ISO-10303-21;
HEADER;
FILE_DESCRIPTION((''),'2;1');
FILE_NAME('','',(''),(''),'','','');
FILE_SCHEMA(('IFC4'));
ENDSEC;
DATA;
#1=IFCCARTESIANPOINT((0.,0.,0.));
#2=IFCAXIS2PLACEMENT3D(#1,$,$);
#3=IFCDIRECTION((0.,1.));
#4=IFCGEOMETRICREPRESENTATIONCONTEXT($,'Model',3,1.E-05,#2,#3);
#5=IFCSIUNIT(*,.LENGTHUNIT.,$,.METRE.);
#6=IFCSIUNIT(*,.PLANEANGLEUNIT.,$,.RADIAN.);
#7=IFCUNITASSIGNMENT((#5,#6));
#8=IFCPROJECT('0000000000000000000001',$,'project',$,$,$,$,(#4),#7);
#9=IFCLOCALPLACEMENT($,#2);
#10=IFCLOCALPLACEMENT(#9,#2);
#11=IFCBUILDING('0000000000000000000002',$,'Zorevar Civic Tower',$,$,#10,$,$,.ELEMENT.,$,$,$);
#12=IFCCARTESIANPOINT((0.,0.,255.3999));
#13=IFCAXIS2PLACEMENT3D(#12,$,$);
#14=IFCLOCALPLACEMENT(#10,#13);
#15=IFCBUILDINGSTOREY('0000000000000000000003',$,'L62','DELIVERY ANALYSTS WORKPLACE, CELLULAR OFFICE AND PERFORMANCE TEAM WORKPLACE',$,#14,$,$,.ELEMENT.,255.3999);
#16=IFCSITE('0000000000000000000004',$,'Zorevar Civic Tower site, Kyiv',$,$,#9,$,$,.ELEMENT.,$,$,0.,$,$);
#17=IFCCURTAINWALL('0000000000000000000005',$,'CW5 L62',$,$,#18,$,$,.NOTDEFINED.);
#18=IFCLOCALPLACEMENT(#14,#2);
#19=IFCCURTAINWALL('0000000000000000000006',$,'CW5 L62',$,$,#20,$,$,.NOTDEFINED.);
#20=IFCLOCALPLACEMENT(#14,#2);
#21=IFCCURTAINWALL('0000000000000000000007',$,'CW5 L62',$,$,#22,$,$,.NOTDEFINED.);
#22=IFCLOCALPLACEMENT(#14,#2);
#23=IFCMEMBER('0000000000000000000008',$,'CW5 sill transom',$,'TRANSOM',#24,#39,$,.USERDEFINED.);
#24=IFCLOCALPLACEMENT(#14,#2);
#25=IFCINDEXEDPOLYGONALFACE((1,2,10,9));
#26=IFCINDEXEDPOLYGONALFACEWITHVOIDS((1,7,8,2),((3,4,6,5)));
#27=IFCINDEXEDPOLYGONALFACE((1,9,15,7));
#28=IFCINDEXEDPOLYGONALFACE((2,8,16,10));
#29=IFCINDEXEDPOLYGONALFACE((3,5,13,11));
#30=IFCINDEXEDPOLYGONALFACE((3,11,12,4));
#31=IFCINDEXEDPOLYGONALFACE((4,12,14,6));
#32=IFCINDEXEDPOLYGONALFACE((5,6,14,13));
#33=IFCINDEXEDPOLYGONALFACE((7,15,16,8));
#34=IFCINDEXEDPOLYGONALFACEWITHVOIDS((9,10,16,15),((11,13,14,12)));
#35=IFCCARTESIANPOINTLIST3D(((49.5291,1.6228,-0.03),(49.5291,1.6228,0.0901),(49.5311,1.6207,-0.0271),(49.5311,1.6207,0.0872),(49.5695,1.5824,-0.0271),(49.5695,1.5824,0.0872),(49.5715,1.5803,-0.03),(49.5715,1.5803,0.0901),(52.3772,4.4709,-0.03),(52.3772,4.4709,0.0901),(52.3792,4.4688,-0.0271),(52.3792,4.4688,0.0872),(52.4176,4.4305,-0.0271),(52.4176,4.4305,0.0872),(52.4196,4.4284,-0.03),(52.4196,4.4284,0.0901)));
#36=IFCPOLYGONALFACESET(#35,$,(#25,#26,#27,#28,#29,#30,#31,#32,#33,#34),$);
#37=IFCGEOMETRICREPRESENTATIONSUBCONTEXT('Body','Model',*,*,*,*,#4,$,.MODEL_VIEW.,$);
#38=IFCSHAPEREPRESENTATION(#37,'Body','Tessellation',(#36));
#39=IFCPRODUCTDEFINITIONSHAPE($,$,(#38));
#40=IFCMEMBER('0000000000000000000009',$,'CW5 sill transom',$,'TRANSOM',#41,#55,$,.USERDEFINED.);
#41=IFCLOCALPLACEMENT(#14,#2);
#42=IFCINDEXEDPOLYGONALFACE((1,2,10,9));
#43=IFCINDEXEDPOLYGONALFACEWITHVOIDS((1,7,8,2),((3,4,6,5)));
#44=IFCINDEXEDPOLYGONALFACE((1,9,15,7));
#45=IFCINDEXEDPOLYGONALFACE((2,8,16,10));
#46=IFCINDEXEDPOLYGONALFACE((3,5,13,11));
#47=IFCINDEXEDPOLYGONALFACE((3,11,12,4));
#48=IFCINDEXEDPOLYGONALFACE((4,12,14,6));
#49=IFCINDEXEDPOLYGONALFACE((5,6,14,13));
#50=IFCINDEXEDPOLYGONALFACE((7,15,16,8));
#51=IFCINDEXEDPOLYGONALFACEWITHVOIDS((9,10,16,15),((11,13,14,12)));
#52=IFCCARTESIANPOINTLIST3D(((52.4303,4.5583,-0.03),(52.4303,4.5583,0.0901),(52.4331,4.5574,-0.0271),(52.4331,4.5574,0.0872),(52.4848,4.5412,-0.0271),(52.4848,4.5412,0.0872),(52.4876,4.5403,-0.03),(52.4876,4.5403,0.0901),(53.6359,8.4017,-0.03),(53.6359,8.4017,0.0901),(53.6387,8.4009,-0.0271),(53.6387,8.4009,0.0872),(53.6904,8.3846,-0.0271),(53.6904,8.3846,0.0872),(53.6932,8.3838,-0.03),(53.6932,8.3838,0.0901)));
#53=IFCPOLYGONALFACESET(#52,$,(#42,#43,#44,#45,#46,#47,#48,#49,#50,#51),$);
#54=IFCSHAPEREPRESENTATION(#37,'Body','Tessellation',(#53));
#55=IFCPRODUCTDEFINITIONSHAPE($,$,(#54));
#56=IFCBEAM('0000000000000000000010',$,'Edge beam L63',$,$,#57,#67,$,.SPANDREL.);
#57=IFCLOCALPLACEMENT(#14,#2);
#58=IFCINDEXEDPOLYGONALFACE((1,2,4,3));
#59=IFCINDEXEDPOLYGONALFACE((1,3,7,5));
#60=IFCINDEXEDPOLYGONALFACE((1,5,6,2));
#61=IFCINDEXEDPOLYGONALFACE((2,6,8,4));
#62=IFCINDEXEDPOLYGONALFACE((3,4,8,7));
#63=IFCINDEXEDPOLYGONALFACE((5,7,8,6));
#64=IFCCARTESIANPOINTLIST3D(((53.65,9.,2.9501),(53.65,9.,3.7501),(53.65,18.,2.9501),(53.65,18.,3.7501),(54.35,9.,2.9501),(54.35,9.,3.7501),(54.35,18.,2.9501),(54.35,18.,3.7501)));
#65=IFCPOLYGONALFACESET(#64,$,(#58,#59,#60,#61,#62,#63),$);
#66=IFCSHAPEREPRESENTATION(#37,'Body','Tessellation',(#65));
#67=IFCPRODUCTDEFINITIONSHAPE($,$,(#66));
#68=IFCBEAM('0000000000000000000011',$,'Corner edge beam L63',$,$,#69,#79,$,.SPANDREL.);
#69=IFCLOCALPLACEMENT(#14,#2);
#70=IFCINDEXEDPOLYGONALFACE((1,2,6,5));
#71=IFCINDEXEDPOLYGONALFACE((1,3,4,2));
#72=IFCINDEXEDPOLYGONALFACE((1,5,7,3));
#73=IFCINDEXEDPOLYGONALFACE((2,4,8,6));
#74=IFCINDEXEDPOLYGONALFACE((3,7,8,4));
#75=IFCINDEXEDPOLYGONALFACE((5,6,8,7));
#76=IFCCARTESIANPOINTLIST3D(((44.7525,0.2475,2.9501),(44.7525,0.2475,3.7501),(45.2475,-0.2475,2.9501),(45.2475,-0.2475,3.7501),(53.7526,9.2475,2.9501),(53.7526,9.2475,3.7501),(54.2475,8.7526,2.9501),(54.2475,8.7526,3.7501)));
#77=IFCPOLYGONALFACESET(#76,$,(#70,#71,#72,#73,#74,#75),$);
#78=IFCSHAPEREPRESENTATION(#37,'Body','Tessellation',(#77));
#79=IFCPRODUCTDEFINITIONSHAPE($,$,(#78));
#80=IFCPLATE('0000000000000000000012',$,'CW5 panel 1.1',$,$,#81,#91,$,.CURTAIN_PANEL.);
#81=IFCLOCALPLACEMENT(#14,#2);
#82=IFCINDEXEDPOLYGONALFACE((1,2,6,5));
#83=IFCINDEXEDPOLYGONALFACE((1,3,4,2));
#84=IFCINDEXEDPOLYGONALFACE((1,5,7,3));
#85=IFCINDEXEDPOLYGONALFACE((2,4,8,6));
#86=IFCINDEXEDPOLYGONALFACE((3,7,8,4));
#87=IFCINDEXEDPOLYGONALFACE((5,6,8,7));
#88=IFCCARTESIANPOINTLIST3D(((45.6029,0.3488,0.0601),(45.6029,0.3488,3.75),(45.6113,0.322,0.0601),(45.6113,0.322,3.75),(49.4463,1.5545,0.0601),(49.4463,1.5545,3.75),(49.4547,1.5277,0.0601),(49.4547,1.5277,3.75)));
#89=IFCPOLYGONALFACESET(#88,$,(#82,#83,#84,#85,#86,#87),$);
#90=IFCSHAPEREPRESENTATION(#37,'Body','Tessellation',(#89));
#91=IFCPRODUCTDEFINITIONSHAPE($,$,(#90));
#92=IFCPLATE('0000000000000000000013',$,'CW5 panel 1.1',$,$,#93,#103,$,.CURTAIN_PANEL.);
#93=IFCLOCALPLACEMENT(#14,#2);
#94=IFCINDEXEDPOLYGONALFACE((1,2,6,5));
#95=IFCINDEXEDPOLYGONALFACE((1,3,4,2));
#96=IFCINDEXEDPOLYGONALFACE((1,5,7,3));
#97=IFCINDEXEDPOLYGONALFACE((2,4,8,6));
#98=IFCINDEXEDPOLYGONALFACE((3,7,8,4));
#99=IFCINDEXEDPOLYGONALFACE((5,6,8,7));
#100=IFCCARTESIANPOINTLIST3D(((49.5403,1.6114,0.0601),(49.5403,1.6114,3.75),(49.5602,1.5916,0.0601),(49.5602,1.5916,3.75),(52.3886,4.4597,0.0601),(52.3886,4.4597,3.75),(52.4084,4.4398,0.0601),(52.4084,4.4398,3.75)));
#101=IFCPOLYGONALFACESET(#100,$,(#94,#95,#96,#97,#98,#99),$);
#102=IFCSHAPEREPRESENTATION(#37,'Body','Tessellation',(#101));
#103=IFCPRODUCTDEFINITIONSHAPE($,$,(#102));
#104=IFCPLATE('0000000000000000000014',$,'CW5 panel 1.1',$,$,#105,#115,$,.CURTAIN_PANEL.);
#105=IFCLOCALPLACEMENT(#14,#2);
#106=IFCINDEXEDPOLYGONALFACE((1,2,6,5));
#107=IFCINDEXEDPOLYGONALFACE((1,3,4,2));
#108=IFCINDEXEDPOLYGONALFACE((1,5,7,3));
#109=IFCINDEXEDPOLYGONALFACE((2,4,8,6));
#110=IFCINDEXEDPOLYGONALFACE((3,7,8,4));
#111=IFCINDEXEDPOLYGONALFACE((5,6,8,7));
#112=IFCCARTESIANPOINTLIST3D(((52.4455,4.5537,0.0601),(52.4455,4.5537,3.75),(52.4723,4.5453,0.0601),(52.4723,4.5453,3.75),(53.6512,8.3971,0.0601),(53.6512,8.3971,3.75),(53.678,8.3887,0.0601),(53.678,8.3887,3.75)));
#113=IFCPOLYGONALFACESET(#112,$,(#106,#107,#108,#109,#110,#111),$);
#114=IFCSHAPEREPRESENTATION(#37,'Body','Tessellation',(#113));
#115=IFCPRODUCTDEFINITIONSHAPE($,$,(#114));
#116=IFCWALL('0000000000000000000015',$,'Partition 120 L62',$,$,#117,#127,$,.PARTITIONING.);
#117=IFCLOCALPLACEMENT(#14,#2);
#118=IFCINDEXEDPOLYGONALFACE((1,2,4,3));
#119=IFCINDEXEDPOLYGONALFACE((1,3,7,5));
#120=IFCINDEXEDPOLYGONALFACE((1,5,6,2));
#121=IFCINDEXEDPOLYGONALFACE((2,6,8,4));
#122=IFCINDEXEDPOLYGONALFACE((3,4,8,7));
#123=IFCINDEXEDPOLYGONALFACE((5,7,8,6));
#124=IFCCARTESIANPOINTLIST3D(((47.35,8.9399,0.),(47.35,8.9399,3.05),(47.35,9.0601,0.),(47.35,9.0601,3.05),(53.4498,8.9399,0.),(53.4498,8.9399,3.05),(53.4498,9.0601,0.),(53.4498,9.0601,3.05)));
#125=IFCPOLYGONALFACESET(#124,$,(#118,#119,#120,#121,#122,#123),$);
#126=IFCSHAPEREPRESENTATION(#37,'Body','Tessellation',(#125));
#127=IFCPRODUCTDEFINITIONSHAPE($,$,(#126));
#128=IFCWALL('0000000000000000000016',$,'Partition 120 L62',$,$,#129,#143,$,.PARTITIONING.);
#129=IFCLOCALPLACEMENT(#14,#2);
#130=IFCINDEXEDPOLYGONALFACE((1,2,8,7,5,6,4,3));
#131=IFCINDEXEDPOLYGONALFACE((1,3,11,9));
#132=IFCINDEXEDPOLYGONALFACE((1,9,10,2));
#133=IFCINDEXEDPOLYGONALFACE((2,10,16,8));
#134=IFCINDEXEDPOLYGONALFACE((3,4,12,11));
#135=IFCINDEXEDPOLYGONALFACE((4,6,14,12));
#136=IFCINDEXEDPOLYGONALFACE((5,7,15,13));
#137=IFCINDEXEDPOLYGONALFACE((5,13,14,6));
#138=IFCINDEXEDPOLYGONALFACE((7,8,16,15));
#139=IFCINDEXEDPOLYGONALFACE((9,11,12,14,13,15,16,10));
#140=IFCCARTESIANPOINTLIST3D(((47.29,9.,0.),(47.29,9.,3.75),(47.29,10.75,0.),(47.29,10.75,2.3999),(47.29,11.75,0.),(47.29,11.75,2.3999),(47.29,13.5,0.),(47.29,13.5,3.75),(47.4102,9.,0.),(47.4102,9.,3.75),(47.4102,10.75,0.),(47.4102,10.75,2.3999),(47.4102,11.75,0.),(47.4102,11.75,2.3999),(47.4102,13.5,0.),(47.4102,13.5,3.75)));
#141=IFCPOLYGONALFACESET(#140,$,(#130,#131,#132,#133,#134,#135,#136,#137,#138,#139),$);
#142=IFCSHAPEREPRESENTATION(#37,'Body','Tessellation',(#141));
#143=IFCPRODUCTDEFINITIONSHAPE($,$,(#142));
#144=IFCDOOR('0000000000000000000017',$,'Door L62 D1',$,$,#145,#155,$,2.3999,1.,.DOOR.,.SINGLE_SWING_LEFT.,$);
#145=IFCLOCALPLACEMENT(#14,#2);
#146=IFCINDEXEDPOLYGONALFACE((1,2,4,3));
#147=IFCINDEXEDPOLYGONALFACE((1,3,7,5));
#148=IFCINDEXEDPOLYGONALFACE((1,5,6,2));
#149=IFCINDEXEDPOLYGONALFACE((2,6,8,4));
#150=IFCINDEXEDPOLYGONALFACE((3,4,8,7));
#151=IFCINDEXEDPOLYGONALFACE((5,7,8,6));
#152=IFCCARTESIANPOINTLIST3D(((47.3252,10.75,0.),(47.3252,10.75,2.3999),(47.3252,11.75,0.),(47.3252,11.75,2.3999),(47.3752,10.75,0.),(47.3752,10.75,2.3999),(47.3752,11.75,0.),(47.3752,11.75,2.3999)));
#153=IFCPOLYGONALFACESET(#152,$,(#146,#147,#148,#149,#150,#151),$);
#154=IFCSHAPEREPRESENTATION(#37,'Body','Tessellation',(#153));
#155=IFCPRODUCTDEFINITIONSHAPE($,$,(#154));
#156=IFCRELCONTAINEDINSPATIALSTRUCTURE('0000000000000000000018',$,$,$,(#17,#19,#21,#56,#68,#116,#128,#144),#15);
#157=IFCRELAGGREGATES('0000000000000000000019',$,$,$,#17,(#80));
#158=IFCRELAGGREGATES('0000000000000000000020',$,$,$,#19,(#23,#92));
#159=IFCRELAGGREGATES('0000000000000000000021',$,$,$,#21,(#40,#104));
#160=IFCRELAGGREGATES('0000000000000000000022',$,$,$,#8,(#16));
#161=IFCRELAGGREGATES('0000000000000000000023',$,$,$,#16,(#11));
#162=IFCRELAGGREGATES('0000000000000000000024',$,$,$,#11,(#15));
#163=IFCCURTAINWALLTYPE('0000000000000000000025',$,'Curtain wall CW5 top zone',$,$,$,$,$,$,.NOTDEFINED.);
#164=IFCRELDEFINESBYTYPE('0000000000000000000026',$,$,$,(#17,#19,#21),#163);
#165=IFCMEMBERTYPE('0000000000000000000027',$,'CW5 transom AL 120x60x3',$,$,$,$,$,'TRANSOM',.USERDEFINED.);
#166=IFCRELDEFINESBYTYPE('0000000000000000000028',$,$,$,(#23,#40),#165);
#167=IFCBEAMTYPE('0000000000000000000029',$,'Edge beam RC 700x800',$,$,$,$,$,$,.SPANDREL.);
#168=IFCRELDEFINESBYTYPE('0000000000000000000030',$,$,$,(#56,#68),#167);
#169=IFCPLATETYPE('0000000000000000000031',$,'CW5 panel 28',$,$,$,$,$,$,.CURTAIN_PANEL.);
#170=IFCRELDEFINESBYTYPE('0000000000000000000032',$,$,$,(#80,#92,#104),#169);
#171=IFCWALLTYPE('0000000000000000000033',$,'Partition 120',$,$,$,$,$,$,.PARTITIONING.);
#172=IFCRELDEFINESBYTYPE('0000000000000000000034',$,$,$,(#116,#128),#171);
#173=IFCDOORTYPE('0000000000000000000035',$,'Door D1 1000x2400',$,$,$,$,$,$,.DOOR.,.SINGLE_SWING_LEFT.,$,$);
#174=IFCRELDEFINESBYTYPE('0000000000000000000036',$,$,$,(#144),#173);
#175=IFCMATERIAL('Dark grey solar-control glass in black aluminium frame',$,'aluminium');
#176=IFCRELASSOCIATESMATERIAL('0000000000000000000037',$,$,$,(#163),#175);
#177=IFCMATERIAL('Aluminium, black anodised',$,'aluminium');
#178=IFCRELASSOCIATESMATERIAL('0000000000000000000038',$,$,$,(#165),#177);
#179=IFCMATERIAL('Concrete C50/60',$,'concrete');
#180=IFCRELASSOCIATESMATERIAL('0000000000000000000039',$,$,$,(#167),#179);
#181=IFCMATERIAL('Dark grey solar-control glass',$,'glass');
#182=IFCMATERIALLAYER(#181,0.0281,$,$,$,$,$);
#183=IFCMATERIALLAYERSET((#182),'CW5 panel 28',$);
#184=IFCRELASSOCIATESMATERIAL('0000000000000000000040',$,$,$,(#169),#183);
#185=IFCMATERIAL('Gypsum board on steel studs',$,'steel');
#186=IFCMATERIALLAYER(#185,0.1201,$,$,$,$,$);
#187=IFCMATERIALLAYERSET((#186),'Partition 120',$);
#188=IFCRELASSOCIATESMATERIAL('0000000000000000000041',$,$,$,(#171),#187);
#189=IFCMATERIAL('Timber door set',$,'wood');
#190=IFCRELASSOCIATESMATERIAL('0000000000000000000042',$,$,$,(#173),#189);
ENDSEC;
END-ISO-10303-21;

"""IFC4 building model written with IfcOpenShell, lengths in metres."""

from ifc_helpers import new_model, si_unit, direction, frame, frame_2d, origin, origin_2d, place, context, subcontext, project, spatial, rectangle, hollow_rectangle, extrude, material, layer, layer_set, material_profile, profile_set, type_object, element, fill, aggregate, save


model = new_model("IFC4")

# Units and contexts
model_context = context("Model", 3, precision=1e-05, world=origin(), true_north=direction((0.0, 1.0)))
body_context = subcontext(model_context, "Body", "Model", "MODEL_VIEW")
ifc_project = project(units=[si_unit("LENGTHUNIT", "METRE"), si_unit("PLANEANGLEUNIT", "RADIAN")], contexts=[model_context])

# Site, building, storey
site_placement = place(None, origin())
site = spatial("IfcSite", under=ifc_project, at=site_placement, Name="Zorevar Civic Tower site, Kyiv", CompositionType="ELEMENT", RefElevation=0.0)
building_placement = place(site_placement, origin())
building = spatial("IfcBuilding", under=site, at=building_placement, Name="Zorevar Civic Tower", CompositionType="ELEMENT")
storey_placement = place(building_placement, frame((0.0, 0.0, 255.3999)))
storey = spatial("IfcBuildingStorey", under=building, at=storey_placement, Name="L62", Description="DELIVERY ANALYSTS WORKPLACE, CELLULAR OFFICE AND PERFORMANCE TEAM WORKPLACE", CompositionType="ELEMENT", Elevation=255.3999)

# Curtain walls
ifc_material_1 = material(Name="Dark grey solar-control glass in black aluminium frame", Category="aluminium")
curtain_wall_type = type_object("IfcCurtainWallType", Name="Curtain wall CW5 top zone", PredefinedType="NOTDEFINED", material=ifc_material_1)
curtain_wall_1_placement = place(storey_placement, origin())
curtain_wall_1 = element("IfcCurtainWall", 1, at=curtain_wall_1_placement, inside=storey, type_object=curtain_wall_type, Name="CW5 L62", PredefinedType="NOTDEFINED")
curtain_wall_2_placement = place(storey_placement, origin())
curtain_wall_2 = element("IfcCurtainWall", 2, at=curtain_wall_2_placement, inside=storey, type_object=curtain_wall_type, Name="CW5 L62", PredefinedType="NOTDEFINED")
curtain_wall_3_placement = place(storey_placement, origin())
curtain_wall_3 = element("IfcCurtainWall", 3, at=curtain_wall_3_placement, inside=storey, type_object=curtain_wall_type, Name="CW5 L62", PredefinedType="NOTDEFINED")

# Members
ifc_material_2 = material(Name="Aluminium, black anodised", Category="aluminium")
ifc_material_profile_1 = material_profile(ifc_material_2, hollow_rectangle(XDim=0.0601, YDim=0.1201, WallThickness=0.0029, at=origin_2d()), Name="AL 120x60x3")
ifc_profile_set_1 = profile_set([ifc_material_profile_1], Name="Aluminium, black anodised")
member_type_1 = type_object("IfcMemberType", Name="CW5 transom AL 120x60x3", ElementType="TRANSOM", PredefinedType="USERDEFINED", material=ifc_profile_set_1)
member_1_placement = place(storey_placement, frame((49.5503, 1.6016, 0.03), z_axis=(0.707107, 0.707107, 0.0), x_axis=(-0.707107, 0.707107, 0.0)))
member_1 = element("IfcMember", 4, at=member_1_placement, type_object=member_type_1, Name="CW5 sill transom", ObjectType="TRANSOM", PredefinedType="USERDEFINED", context=body_context, shape_type="SweptSolid", body=[
    extrude(hollow_rectangle(XDim=0.0601, YDim=0.1201, WallThickness=0.0029, at=origin_2d()), origin(), (0.0, 0.0, 1.0), 4.0278),
])
member_2_placement = place(storey_placement, frame((52.459, 4.5493, 0.03), z_axis=(0.299286, 0.954163, 0.0), x_axis=(-0.954163, 0.299286, 0.0)))
member_2 = element("IfcMember", 5, at=member_2_placement, type_object=member_type_1, Name="CW5 sill transom", ObjectType="TRANSOM", PredefinedType="USERDEFINED", context=body_context, shape_type="SweptSolid", body=[
    extrude(hollow_rectangle(XDim=0.0601, YDim=0.1201, WallThickness=0.0029, at=origin_2d()), origin(), (0.0, 0.0, 1.0), 4.0281),
])

# Beams
ifc_material_3 = material(Name="Concrete C50/60", Category="concrete")
ifc_material_profile_2 = material_profile(ifc_material_3, rectangle(XDim=0.7, YDim=0.8, at=origin_2d()), Name="RC 700x800")
ifc_profile_set_2 = profile_set([ifc_material_profile_2], Name="Concrete C50/60")
beam_type_1 = type_object("IfcBeamType", Name="Edge beam RC 700x800", PredefinedType="SPANDREL", material=ifc_profile_set_2)
beam_1_placement = place(storey_placement, frame((54.0, 9.0, 3.3501), z_axis=(0.0, 1.0, 0.0), x_axis=(-1.0, 0.0, 0.0)))
element("IfcBeam", 6, at=beam_1_placement, inside=storey, type_object=beam_type_1, Name="Edge beam L63", PredefinedType="SPANDREL", context=body_context, shape_type="SweptSolid", body=[
    extrude(rectangle(XDim=0.7, YDim=0.8, at=origin_2d()), origin(), (0.0, 0.0, 1.0), 9.0),
])
beam_2_placement = place(storey_placement, frame((45.0, 0.0, 3.3501), z_axis=(0.707107, 0.707107, 0.0), x_axis=(-0.707107, 0.707107, 0.0)))
element("IfcBeam", 7, at=beam_2_placement, inside=storey, type_object=beam_type_1, Name="Corner edge beam L63", PredefinedType="SPANDREL", context=body_context, shape_type="SweptSolid", body=[
    extrude(rectangle(XDim=0.7, YDim=0.8, at=origin_2d()), origin(), (0.0, 0.0, 1.0), 12.728),
])

# Plates
ifc_material_4 = material(Name="Dark grey solar-control glass", Category="glass")
ifc_layer_1 = layer(ifc_material_4, 0.0281)
ifc_layer_set_1 = layer_set([ifc_layer_1], Name="CW5 panel 28")
plate_type = type_object("IfcPlateType", Name="CW5 panel 28", PredefinedType="CURTAIN_PANEL", material=ifc_layer_set_1)
plate_1_placement = place(storey_placement, frame((47.5288, 0.9382, 0.0601), z_axis=(0.0, 0.0, 1.0), x_axis=(0.954153, 0.299318, 0.0)))
plate_1 = element("IfcPlate", 8, at=plate_1_placement, type_object=plate_type, Name="CW5 panel 1.1", PredefinedType="CURTAIN_PANEL", context=body_context, shape_type="SweptSolid", body=[
    extrude(rectangle(XDim=4.0281, YDim=0.0281, at=origin_2d()), origin(), (0.0, 0.0, 1.0), 3.6899),
])
aggregate(curtain_wall_1, [plate_1])
plate_2_placement = place(storey_placement, frame((50.9744, 3.0256, 0.0601), z_axis=(0.0, 0.0, 1.0), x_axis=(0.707107, 0.707107, 0.0)))
plate_2 = element("IfcPlate", 9, at=plate_2_placement, type_object=plate_type, Name="CW5 panel 1.1", PredefinedType="CURTAIN_PANEL", context=body_context, shape_type="SweptSolid", body=[
    extrude(rectangle(XDim=4.0281, YDim=0.0281, at=origin_2d()), origin(), (0.0, 0.0, 1.0), 3.6899),
])
aggregate(curtain_wall_2, [member_1, plate_2])
plate_3_placement = place(storey_placement, frame((53.0618, 6.4712, 0.0601), z_axis=(0.0, 0.0, 1.0), x_axis=(0.299318, 0.954153, 0.0)))
plate_3 = element("IfcPlate", 10, at=plate_3_placement, type_object=plate_type, Name="CW5 panel 1.1", PredefinedType="CURTAIN_PANEL", context=body_context, shape_type="SweptSolid", body=[
    extrude(rectangle(XDim=4.0281, YDim=0.0281, at=origin_2d()), origin(), (0.0, 0.0, 1.0), 3.6899),
])
aggregate(curtain_wall_3, [member_2, plate_3])

# Wall
ifc_material_5 = material(Name="Gypsum board on steel studs", Category="steel")
ifc_layer_2 = layer(ifc_material_5, 0.1201)
ifc_layer_set_2 = layer_set([ifc_layer_2], Name="Partition 120")
wall_type = type_object("IfcWallType", Name="Partition 120", PredefinedType="PARTITIONING", material=ifc_layer_set_2)
wall_1_placement = place(storey_placement, frame((47.3501, 9.0, 0.0), z_axis=(0.0, 0.0, 1.0), x_axis=(1.0, 0.0, 0.0)))
element("IfcWall", 11, at=wall_1_placement, inside=storey, type_object=wall_type, Name="Partition 120 L62", PredefinedType="PARTITIONING", context=body_context, shape_type="SweptSolid", body=[
    extrude(rectangle(XDim=6.0999, YDim=0.1201, at=frame_2d((3.0498, 0.0))), origin(), (0.0, 0.0, 1.0), 3.05),
])

# Wall, opening, door
wall_2_placement = place(storey_placement, frame((47.3501, 9.0, 0.0), z_axis=(0.0, 0.0, 1.0), x_axis=(0.0, 1.0, 0.0)))
wall_2 = element("IfcWall", 12, at=wall_2_placement, inside=storey, type_object=wall_type, Name="Partition 120 L62", PredefinedType="PARTITIONING", context=body_context, shape_type="SweptSolid", body=[
    extrude(rectangle(XDim=4.5, YDim=0.1201, at=frame_2d((2.25, 0.0))), origin(), (0.0, 0.0, 1.0), 3.75),
])
opening_placement = place(wall_2_placement, frame((1.75, 0.0, 0.0)))
opening = element("IfcOpeningElement", 13, at=opening_placement, cuts=wall_2, PredefinedType="OPENING", context=body_context, shape_type="SweptSolid", body=[
    extrude(rectangle(XDim=1.0, YDim=2.3999, at=frame_2d((0.5, 1.2))), frame((0.0, 0.0701, 0.0), z_axis=(0.0, -1.0, 0.0), x_axis=(1.0, 0.0, 0.0)), (0.0, 0.0, 1.0), 0.1401),
])
ifc_material_6 = material(Name="Timber door set", Category="wood")
door_type = type_object("IfcDoorType", Name="Door D1 1000x2400", OperationType="SINGLE_SWING_LEFT", PredefinedType="DOOR", material=ifc_material_6)
door_placement = place(opening_placement, origin())
door = element("IfcDoor", 14, at=door_placement, inside=storey, type_object=door_type, Name="Door L62 D1", OperationType="SINGLE_SWING_LEFT", OverallHeight=2.3999, OverallWidth=1.0, PredefinedType="DOOR", context=body_context, shape_type="SweptSolid", body=[
    extrude(rectangle(XDim=1.0, YDim=2.3999, at=frame_2d((0.5, 1.2))), frame((0.0, 0.0249, 0.0), z_axis=(0.0, -1.0, 0.0), x_axis=(1.0, 0.0, 0.0)), (0.0, 0.0, 1.0), 0.05),
])
fill(opening, door)

save(model, "model.ifc")
